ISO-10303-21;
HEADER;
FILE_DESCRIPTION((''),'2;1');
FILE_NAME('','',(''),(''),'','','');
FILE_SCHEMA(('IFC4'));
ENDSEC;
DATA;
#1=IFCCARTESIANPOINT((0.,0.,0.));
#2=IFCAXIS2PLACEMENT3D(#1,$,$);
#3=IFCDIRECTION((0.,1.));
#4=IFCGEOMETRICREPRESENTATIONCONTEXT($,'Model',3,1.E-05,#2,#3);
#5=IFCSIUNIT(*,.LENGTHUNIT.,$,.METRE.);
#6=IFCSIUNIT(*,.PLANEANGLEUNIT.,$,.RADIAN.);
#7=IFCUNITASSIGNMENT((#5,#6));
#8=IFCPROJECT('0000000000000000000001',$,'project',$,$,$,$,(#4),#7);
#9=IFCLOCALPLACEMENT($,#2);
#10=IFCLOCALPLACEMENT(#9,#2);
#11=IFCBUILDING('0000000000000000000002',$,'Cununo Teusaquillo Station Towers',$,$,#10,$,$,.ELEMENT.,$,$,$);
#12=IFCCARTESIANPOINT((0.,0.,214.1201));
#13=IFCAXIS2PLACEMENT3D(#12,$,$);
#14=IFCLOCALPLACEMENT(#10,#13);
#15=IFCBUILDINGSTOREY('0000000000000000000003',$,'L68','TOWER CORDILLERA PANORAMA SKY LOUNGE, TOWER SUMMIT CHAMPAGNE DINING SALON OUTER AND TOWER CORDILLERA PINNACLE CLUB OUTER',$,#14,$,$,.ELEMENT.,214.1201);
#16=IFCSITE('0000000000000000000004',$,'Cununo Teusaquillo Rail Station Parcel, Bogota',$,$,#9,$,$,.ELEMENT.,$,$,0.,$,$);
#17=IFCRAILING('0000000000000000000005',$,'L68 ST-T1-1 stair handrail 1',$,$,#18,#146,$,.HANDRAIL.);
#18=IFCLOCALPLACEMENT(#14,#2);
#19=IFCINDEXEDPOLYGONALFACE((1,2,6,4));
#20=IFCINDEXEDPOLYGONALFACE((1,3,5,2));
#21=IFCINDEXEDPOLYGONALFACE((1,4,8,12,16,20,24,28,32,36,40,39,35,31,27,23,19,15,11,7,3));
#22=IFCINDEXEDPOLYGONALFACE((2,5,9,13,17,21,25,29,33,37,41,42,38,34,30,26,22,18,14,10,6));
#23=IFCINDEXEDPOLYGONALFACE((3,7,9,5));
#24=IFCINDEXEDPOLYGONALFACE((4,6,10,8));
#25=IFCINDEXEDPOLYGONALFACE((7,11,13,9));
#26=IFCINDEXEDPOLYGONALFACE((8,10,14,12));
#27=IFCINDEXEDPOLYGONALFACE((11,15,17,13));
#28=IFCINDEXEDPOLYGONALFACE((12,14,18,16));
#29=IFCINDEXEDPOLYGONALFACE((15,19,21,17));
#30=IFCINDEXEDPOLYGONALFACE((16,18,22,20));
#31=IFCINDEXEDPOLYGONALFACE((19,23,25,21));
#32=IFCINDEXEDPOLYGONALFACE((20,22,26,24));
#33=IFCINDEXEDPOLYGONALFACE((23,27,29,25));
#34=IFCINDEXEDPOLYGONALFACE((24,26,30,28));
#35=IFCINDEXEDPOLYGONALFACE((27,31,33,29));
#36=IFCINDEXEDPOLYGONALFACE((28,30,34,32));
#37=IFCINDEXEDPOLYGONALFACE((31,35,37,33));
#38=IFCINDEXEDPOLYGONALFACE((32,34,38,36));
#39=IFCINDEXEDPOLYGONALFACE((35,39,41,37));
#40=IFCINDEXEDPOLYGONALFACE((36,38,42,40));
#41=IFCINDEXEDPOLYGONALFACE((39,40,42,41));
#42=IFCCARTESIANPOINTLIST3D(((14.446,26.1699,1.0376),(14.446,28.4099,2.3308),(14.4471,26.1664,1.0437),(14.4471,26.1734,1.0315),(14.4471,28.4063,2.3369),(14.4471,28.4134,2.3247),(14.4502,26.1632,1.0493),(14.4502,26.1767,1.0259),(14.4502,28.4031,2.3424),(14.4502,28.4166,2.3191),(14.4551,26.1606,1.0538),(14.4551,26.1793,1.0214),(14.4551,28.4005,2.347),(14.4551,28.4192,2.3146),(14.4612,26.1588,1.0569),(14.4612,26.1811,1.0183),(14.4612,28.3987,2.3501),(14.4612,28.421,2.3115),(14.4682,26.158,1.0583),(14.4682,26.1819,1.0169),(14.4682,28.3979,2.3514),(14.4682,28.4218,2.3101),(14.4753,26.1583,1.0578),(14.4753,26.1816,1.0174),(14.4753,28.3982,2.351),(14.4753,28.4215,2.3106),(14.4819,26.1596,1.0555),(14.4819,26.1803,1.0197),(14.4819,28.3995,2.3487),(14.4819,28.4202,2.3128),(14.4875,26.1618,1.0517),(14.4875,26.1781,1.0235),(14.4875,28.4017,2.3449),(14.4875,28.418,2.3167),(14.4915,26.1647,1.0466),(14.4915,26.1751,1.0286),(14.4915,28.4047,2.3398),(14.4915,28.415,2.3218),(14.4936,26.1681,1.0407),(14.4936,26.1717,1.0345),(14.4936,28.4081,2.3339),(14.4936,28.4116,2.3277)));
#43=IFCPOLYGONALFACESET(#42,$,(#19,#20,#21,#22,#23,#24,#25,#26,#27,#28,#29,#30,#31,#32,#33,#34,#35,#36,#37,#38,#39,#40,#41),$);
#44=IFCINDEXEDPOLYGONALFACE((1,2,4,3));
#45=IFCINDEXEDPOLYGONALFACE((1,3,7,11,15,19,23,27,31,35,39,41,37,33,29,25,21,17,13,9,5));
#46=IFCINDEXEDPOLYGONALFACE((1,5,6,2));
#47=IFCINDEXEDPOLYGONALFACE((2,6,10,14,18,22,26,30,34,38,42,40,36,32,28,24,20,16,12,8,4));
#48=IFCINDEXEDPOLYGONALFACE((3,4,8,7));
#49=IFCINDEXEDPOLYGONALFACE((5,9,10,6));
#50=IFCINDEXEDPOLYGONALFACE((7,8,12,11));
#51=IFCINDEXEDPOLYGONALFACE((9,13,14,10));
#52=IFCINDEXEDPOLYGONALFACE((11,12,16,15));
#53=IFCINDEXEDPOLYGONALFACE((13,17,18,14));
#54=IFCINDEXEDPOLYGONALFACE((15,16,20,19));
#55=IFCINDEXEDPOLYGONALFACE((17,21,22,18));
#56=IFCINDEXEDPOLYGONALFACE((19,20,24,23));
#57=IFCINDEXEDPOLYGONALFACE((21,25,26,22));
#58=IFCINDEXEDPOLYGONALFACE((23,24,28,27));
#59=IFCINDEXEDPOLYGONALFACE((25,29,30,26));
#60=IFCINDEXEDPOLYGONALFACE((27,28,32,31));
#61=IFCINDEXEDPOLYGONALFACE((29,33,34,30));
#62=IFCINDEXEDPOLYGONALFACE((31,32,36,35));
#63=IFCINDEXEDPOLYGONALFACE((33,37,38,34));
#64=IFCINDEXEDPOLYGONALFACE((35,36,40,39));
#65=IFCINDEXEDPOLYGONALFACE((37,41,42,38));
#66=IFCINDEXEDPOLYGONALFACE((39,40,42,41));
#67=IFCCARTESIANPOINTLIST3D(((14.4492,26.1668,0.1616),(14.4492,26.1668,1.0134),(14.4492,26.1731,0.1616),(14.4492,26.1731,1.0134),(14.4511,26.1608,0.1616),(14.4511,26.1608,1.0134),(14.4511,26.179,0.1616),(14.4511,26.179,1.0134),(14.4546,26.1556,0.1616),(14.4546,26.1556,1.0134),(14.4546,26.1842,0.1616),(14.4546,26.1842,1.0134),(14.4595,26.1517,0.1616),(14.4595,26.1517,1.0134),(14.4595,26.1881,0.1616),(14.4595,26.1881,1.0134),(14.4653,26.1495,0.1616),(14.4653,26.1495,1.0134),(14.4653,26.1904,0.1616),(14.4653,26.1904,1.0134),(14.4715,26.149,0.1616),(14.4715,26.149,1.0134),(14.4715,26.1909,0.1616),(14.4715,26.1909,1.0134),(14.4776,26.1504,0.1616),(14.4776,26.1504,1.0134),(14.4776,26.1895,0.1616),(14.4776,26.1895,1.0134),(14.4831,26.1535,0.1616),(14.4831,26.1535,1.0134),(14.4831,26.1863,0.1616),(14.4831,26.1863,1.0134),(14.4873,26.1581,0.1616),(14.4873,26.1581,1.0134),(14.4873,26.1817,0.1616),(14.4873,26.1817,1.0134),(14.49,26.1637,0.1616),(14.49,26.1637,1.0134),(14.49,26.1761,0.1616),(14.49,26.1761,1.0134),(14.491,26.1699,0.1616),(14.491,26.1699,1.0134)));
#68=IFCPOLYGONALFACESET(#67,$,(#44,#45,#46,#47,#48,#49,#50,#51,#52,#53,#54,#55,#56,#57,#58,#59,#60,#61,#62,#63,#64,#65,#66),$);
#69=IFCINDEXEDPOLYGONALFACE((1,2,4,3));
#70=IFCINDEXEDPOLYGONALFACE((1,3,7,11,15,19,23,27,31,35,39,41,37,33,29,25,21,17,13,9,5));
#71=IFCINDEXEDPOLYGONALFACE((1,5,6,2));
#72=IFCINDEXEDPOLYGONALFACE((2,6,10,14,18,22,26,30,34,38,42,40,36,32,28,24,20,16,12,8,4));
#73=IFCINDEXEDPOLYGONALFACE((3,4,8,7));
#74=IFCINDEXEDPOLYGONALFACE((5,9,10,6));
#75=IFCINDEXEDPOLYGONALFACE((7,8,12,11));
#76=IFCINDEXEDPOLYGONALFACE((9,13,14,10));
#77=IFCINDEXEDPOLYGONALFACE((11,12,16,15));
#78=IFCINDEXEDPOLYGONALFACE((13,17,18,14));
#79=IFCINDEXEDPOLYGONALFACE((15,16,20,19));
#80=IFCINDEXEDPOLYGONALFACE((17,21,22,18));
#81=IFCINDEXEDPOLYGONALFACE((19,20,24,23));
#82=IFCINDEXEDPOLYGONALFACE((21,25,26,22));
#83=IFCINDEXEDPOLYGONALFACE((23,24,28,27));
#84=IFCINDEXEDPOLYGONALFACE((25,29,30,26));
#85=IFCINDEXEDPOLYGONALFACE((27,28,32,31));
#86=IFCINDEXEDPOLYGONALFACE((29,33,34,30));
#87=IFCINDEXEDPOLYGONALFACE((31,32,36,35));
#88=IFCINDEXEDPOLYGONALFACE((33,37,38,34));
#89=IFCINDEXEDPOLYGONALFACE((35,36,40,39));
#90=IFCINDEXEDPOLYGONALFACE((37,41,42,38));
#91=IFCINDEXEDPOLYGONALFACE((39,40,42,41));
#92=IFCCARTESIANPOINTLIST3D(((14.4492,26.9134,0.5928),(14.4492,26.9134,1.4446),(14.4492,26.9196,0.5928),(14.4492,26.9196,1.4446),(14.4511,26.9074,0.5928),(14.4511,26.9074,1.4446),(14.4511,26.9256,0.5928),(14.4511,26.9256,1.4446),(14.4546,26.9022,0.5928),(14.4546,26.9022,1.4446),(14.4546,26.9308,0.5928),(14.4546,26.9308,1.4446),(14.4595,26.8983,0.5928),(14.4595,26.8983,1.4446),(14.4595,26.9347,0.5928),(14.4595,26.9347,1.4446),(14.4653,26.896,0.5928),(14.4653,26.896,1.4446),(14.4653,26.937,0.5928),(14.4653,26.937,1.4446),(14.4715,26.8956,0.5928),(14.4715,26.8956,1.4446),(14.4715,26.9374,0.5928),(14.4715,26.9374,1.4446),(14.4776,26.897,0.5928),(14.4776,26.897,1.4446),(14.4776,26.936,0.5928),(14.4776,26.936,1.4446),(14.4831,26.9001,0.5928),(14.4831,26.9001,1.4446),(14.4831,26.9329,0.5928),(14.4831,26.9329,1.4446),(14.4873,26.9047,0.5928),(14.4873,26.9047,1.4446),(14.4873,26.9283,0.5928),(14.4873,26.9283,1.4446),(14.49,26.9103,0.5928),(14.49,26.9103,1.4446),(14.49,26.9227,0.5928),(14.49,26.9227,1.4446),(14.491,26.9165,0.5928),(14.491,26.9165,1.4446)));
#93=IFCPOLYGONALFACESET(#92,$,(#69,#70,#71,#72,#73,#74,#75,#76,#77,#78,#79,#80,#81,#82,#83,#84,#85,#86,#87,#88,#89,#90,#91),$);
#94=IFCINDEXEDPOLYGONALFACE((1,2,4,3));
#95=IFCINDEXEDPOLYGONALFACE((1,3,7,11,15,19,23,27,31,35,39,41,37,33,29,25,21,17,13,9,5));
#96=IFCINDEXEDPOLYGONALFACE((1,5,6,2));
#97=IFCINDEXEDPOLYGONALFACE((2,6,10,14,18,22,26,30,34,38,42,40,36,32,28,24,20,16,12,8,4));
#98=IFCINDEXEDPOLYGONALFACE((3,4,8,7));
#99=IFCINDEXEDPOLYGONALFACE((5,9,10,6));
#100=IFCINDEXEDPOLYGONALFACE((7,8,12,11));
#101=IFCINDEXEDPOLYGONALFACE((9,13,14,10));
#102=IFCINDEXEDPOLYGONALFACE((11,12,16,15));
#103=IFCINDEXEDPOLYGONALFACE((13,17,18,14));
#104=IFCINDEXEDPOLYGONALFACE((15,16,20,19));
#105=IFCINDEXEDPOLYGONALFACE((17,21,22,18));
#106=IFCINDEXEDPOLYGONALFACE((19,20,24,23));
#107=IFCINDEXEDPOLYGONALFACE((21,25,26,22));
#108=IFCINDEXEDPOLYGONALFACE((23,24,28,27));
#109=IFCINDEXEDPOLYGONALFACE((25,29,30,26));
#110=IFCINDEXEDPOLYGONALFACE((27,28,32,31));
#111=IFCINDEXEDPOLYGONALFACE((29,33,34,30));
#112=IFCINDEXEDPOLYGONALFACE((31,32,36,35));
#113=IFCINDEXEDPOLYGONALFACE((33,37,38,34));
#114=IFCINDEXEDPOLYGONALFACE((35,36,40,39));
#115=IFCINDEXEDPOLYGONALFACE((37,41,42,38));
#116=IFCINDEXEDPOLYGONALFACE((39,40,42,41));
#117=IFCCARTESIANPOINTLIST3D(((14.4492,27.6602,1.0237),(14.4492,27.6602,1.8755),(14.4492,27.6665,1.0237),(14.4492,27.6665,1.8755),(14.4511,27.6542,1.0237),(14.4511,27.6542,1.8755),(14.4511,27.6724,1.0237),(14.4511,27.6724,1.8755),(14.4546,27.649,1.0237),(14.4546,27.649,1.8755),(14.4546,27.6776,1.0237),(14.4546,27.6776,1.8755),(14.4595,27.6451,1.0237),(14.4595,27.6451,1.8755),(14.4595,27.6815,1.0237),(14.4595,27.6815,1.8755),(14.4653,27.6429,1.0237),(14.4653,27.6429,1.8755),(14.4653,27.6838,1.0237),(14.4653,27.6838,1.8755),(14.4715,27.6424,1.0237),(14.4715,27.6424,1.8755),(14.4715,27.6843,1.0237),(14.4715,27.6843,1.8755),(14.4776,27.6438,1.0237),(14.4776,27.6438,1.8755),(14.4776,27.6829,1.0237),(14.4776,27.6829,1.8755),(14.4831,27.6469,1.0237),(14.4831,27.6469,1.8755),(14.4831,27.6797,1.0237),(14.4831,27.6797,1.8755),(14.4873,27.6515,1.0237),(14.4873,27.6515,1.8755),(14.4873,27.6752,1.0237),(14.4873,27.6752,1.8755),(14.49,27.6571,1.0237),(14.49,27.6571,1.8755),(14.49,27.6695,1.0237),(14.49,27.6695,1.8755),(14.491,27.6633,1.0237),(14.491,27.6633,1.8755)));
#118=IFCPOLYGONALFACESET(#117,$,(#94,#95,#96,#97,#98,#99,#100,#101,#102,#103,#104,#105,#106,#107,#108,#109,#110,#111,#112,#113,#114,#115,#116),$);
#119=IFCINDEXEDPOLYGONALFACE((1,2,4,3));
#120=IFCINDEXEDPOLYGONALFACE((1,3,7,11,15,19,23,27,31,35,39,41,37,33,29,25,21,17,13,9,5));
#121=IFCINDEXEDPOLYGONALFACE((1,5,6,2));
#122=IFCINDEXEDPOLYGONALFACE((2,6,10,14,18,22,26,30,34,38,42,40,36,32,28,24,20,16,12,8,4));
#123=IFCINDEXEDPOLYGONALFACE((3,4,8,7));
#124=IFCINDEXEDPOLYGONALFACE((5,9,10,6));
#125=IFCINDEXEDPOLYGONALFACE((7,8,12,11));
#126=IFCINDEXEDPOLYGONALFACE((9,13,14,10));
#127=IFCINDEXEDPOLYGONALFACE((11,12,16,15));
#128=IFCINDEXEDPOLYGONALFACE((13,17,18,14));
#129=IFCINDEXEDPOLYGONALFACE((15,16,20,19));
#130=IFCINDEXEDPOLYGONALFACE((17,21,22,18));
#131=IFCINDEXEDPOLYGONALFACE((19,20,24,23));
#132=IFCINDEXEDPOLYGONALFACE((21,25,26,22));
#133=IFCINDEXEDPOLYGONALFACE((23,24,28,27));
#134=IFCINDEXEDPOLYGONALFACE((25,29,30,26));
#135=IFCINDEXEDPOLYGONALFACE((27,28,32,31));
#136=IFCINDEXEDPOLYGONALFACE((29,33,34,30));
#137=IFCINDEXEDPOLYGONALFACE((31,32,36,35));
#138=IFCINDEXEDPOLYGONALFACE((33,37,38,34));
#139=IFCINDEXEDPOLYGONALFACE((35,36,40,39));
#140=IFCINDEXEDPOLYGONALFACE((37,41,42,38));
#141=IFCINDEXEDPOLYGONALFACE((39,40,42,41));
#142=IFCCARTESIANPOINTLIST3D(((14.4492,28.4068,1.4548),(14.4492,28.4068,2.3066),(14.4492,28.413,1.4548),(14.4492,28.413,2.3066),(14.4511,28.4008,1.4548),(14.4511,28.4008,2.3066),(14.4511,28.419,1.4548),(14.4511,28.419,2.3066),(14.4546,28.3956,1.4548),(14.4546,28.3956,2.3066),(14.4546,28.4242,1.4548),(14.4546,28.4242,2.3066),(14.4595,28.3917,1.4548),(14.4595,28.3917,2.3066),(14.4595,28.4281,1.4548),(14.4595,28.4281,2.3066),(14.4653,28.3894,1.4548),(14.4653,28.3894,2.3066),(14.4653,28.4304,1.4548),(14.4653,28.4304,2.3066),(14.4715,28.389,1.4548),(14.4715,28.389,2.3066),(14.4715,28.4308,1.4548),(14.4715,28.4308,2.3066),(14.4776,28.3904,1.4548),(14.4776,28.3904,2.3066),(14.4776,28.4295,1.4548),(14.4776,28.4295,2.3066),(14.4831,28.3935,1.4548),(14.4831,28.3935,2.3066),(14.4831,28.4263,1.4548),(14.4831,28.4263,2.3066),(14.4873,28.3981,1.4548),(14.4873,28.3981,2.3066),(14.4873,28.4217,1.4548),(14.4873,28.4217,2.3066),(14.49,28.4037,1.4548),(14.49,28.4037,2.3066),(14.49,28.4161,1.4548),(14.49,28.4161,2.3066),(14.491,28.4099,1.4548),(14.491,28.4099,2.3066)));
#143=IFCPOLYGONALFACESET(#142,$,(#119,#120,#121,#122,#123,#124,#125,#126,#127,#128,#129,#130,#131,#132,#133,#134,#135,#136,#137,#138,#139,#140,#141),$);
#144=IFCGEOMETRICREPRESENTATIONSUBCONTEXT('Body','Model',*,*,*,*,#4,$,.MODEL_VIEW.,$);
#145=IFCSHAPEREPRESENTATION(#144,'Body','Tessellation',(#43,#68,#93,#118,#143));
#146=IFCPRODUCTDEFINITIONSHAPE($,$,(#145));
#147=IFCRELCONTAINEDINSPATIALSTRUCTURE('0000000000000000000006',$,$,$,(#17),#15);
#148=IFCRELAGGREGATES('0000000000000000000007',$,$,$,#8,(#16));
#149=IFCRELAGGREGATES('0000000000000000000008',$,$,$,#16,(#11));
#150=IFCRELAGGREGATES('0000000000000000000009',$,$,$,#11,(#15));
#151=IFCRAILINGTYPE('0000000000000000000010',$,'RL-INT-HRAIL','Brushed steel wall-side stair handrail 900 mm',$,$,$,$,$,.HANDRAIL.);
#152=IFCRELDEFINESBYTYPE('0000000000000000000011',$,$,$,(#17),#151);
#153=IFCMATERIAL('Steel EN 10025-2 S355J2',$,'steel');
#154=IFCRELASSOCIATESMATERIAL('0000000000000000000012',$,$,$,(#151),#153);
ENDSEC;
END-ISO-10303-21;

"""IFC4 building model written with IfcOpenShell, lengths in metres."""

from ifc_helpers import new_model, si_unit, direction, frame, origin, origin_2d, place, context, subcontext, project, spatial, circle, extrude, material, type_object, element, save


model = new_model("IFC4")

# Units and contexts
model_context = context("Model", 3, precision=1e-05, world=origin(), true_north=direction((0.0, 1.0)))
body_context = subcontext(model_context, "Body", "Model", "MODEL_VIEW")
ifc_project = project(units=[si_unit("LENGTHUNIT", "METRE"), si_unit("PLANEANGLEUNIT", "RADIAN")], contexts=[model_context])

# Site, building, storey
site_placement = place(None, origin())
site = spatial("IfcSite", under=ifc_project, at=site_placement, Name="Cununo Teusaquillo Rail Station Parcel, Bogota", CompositionType="ELEMENT", RefElevation=0.0)
building_placement = place(site_placement, origin())
building = spatial("IfcBuilding", under=site, at=building_placement, Name="Cununo Teusaquillo Station Towers", CompositionType="ELEMENT")
storey_placement = place(building_placement, frame((0.0, 0.0, 214.1201)))
storey = spatial("IfcBuildingStorey", under=building, at=storey_placement, Name="L68", Description="TOWER CORDILLERA PANORAMA SKY LOUNGE, TOWER SUMMIT CHAMPAGNE DINING SALON OUTER AND TOWER CORDILLERA PINNACLE CLUB OUTER", CompositionType="ELEMENT", Elevation=214.1201)

# Railing
ifc_material_1 = material(Name="Steel EN 10025-2 S355J2", Category="steel")
railing_type_1 = type_object("IfcRailingType", Name="RL-INT-HRAIL", Description="Brushed steel wall-side stair handrail 900 mm", PredefinedType="HANDRAIL", material=ifc_material_1)
railing_1_placement = place(storey_placement, frame((14.47, 26.1699, 0.1616)))
element("IfcRailing", 1, at=railing_1_placement, inside=storey, type_object=railing_type_1, Name="L68 ST-T1-1 stair handrail 1", PredefinedType="HANDRAIL", context=body_context, shape_type="SweptSolid", body=[
    extrude(circle(Radius=0.0239, at=origin_2d()), frame((0.0, 0.0, 0.876), z_axis=(0.0, 0.866033, 0.499987), x_axis=(-1.0, 0.0, 0.0)), (0.0, 0.0, 1.0), 2.5864),
    extrude(circle(Radius=0.021, at=origin_2d()), origin(), (0.0, 0.0, 1.0), 0.8518),
    extrude(circle(Radius=0.021, at=origin_2d()), frame((0.0, 0.7466, 0.4312)), (0.0, 0.0, 1.0), 0.8518),
    extrude(circle(Radius=0.021, at=origin_2d()), frame((0.0, 1.4934, 0.8621)), (0.0, 0.0, 1.0), 0.8518),
    extrude(circle(Radius=0.021, at=origin_2d()), frame((0.0, 2.24, 1.2932)), (0.0, 0.0, 1.0), 0.8518),
])

save(model, "model.ifc")
